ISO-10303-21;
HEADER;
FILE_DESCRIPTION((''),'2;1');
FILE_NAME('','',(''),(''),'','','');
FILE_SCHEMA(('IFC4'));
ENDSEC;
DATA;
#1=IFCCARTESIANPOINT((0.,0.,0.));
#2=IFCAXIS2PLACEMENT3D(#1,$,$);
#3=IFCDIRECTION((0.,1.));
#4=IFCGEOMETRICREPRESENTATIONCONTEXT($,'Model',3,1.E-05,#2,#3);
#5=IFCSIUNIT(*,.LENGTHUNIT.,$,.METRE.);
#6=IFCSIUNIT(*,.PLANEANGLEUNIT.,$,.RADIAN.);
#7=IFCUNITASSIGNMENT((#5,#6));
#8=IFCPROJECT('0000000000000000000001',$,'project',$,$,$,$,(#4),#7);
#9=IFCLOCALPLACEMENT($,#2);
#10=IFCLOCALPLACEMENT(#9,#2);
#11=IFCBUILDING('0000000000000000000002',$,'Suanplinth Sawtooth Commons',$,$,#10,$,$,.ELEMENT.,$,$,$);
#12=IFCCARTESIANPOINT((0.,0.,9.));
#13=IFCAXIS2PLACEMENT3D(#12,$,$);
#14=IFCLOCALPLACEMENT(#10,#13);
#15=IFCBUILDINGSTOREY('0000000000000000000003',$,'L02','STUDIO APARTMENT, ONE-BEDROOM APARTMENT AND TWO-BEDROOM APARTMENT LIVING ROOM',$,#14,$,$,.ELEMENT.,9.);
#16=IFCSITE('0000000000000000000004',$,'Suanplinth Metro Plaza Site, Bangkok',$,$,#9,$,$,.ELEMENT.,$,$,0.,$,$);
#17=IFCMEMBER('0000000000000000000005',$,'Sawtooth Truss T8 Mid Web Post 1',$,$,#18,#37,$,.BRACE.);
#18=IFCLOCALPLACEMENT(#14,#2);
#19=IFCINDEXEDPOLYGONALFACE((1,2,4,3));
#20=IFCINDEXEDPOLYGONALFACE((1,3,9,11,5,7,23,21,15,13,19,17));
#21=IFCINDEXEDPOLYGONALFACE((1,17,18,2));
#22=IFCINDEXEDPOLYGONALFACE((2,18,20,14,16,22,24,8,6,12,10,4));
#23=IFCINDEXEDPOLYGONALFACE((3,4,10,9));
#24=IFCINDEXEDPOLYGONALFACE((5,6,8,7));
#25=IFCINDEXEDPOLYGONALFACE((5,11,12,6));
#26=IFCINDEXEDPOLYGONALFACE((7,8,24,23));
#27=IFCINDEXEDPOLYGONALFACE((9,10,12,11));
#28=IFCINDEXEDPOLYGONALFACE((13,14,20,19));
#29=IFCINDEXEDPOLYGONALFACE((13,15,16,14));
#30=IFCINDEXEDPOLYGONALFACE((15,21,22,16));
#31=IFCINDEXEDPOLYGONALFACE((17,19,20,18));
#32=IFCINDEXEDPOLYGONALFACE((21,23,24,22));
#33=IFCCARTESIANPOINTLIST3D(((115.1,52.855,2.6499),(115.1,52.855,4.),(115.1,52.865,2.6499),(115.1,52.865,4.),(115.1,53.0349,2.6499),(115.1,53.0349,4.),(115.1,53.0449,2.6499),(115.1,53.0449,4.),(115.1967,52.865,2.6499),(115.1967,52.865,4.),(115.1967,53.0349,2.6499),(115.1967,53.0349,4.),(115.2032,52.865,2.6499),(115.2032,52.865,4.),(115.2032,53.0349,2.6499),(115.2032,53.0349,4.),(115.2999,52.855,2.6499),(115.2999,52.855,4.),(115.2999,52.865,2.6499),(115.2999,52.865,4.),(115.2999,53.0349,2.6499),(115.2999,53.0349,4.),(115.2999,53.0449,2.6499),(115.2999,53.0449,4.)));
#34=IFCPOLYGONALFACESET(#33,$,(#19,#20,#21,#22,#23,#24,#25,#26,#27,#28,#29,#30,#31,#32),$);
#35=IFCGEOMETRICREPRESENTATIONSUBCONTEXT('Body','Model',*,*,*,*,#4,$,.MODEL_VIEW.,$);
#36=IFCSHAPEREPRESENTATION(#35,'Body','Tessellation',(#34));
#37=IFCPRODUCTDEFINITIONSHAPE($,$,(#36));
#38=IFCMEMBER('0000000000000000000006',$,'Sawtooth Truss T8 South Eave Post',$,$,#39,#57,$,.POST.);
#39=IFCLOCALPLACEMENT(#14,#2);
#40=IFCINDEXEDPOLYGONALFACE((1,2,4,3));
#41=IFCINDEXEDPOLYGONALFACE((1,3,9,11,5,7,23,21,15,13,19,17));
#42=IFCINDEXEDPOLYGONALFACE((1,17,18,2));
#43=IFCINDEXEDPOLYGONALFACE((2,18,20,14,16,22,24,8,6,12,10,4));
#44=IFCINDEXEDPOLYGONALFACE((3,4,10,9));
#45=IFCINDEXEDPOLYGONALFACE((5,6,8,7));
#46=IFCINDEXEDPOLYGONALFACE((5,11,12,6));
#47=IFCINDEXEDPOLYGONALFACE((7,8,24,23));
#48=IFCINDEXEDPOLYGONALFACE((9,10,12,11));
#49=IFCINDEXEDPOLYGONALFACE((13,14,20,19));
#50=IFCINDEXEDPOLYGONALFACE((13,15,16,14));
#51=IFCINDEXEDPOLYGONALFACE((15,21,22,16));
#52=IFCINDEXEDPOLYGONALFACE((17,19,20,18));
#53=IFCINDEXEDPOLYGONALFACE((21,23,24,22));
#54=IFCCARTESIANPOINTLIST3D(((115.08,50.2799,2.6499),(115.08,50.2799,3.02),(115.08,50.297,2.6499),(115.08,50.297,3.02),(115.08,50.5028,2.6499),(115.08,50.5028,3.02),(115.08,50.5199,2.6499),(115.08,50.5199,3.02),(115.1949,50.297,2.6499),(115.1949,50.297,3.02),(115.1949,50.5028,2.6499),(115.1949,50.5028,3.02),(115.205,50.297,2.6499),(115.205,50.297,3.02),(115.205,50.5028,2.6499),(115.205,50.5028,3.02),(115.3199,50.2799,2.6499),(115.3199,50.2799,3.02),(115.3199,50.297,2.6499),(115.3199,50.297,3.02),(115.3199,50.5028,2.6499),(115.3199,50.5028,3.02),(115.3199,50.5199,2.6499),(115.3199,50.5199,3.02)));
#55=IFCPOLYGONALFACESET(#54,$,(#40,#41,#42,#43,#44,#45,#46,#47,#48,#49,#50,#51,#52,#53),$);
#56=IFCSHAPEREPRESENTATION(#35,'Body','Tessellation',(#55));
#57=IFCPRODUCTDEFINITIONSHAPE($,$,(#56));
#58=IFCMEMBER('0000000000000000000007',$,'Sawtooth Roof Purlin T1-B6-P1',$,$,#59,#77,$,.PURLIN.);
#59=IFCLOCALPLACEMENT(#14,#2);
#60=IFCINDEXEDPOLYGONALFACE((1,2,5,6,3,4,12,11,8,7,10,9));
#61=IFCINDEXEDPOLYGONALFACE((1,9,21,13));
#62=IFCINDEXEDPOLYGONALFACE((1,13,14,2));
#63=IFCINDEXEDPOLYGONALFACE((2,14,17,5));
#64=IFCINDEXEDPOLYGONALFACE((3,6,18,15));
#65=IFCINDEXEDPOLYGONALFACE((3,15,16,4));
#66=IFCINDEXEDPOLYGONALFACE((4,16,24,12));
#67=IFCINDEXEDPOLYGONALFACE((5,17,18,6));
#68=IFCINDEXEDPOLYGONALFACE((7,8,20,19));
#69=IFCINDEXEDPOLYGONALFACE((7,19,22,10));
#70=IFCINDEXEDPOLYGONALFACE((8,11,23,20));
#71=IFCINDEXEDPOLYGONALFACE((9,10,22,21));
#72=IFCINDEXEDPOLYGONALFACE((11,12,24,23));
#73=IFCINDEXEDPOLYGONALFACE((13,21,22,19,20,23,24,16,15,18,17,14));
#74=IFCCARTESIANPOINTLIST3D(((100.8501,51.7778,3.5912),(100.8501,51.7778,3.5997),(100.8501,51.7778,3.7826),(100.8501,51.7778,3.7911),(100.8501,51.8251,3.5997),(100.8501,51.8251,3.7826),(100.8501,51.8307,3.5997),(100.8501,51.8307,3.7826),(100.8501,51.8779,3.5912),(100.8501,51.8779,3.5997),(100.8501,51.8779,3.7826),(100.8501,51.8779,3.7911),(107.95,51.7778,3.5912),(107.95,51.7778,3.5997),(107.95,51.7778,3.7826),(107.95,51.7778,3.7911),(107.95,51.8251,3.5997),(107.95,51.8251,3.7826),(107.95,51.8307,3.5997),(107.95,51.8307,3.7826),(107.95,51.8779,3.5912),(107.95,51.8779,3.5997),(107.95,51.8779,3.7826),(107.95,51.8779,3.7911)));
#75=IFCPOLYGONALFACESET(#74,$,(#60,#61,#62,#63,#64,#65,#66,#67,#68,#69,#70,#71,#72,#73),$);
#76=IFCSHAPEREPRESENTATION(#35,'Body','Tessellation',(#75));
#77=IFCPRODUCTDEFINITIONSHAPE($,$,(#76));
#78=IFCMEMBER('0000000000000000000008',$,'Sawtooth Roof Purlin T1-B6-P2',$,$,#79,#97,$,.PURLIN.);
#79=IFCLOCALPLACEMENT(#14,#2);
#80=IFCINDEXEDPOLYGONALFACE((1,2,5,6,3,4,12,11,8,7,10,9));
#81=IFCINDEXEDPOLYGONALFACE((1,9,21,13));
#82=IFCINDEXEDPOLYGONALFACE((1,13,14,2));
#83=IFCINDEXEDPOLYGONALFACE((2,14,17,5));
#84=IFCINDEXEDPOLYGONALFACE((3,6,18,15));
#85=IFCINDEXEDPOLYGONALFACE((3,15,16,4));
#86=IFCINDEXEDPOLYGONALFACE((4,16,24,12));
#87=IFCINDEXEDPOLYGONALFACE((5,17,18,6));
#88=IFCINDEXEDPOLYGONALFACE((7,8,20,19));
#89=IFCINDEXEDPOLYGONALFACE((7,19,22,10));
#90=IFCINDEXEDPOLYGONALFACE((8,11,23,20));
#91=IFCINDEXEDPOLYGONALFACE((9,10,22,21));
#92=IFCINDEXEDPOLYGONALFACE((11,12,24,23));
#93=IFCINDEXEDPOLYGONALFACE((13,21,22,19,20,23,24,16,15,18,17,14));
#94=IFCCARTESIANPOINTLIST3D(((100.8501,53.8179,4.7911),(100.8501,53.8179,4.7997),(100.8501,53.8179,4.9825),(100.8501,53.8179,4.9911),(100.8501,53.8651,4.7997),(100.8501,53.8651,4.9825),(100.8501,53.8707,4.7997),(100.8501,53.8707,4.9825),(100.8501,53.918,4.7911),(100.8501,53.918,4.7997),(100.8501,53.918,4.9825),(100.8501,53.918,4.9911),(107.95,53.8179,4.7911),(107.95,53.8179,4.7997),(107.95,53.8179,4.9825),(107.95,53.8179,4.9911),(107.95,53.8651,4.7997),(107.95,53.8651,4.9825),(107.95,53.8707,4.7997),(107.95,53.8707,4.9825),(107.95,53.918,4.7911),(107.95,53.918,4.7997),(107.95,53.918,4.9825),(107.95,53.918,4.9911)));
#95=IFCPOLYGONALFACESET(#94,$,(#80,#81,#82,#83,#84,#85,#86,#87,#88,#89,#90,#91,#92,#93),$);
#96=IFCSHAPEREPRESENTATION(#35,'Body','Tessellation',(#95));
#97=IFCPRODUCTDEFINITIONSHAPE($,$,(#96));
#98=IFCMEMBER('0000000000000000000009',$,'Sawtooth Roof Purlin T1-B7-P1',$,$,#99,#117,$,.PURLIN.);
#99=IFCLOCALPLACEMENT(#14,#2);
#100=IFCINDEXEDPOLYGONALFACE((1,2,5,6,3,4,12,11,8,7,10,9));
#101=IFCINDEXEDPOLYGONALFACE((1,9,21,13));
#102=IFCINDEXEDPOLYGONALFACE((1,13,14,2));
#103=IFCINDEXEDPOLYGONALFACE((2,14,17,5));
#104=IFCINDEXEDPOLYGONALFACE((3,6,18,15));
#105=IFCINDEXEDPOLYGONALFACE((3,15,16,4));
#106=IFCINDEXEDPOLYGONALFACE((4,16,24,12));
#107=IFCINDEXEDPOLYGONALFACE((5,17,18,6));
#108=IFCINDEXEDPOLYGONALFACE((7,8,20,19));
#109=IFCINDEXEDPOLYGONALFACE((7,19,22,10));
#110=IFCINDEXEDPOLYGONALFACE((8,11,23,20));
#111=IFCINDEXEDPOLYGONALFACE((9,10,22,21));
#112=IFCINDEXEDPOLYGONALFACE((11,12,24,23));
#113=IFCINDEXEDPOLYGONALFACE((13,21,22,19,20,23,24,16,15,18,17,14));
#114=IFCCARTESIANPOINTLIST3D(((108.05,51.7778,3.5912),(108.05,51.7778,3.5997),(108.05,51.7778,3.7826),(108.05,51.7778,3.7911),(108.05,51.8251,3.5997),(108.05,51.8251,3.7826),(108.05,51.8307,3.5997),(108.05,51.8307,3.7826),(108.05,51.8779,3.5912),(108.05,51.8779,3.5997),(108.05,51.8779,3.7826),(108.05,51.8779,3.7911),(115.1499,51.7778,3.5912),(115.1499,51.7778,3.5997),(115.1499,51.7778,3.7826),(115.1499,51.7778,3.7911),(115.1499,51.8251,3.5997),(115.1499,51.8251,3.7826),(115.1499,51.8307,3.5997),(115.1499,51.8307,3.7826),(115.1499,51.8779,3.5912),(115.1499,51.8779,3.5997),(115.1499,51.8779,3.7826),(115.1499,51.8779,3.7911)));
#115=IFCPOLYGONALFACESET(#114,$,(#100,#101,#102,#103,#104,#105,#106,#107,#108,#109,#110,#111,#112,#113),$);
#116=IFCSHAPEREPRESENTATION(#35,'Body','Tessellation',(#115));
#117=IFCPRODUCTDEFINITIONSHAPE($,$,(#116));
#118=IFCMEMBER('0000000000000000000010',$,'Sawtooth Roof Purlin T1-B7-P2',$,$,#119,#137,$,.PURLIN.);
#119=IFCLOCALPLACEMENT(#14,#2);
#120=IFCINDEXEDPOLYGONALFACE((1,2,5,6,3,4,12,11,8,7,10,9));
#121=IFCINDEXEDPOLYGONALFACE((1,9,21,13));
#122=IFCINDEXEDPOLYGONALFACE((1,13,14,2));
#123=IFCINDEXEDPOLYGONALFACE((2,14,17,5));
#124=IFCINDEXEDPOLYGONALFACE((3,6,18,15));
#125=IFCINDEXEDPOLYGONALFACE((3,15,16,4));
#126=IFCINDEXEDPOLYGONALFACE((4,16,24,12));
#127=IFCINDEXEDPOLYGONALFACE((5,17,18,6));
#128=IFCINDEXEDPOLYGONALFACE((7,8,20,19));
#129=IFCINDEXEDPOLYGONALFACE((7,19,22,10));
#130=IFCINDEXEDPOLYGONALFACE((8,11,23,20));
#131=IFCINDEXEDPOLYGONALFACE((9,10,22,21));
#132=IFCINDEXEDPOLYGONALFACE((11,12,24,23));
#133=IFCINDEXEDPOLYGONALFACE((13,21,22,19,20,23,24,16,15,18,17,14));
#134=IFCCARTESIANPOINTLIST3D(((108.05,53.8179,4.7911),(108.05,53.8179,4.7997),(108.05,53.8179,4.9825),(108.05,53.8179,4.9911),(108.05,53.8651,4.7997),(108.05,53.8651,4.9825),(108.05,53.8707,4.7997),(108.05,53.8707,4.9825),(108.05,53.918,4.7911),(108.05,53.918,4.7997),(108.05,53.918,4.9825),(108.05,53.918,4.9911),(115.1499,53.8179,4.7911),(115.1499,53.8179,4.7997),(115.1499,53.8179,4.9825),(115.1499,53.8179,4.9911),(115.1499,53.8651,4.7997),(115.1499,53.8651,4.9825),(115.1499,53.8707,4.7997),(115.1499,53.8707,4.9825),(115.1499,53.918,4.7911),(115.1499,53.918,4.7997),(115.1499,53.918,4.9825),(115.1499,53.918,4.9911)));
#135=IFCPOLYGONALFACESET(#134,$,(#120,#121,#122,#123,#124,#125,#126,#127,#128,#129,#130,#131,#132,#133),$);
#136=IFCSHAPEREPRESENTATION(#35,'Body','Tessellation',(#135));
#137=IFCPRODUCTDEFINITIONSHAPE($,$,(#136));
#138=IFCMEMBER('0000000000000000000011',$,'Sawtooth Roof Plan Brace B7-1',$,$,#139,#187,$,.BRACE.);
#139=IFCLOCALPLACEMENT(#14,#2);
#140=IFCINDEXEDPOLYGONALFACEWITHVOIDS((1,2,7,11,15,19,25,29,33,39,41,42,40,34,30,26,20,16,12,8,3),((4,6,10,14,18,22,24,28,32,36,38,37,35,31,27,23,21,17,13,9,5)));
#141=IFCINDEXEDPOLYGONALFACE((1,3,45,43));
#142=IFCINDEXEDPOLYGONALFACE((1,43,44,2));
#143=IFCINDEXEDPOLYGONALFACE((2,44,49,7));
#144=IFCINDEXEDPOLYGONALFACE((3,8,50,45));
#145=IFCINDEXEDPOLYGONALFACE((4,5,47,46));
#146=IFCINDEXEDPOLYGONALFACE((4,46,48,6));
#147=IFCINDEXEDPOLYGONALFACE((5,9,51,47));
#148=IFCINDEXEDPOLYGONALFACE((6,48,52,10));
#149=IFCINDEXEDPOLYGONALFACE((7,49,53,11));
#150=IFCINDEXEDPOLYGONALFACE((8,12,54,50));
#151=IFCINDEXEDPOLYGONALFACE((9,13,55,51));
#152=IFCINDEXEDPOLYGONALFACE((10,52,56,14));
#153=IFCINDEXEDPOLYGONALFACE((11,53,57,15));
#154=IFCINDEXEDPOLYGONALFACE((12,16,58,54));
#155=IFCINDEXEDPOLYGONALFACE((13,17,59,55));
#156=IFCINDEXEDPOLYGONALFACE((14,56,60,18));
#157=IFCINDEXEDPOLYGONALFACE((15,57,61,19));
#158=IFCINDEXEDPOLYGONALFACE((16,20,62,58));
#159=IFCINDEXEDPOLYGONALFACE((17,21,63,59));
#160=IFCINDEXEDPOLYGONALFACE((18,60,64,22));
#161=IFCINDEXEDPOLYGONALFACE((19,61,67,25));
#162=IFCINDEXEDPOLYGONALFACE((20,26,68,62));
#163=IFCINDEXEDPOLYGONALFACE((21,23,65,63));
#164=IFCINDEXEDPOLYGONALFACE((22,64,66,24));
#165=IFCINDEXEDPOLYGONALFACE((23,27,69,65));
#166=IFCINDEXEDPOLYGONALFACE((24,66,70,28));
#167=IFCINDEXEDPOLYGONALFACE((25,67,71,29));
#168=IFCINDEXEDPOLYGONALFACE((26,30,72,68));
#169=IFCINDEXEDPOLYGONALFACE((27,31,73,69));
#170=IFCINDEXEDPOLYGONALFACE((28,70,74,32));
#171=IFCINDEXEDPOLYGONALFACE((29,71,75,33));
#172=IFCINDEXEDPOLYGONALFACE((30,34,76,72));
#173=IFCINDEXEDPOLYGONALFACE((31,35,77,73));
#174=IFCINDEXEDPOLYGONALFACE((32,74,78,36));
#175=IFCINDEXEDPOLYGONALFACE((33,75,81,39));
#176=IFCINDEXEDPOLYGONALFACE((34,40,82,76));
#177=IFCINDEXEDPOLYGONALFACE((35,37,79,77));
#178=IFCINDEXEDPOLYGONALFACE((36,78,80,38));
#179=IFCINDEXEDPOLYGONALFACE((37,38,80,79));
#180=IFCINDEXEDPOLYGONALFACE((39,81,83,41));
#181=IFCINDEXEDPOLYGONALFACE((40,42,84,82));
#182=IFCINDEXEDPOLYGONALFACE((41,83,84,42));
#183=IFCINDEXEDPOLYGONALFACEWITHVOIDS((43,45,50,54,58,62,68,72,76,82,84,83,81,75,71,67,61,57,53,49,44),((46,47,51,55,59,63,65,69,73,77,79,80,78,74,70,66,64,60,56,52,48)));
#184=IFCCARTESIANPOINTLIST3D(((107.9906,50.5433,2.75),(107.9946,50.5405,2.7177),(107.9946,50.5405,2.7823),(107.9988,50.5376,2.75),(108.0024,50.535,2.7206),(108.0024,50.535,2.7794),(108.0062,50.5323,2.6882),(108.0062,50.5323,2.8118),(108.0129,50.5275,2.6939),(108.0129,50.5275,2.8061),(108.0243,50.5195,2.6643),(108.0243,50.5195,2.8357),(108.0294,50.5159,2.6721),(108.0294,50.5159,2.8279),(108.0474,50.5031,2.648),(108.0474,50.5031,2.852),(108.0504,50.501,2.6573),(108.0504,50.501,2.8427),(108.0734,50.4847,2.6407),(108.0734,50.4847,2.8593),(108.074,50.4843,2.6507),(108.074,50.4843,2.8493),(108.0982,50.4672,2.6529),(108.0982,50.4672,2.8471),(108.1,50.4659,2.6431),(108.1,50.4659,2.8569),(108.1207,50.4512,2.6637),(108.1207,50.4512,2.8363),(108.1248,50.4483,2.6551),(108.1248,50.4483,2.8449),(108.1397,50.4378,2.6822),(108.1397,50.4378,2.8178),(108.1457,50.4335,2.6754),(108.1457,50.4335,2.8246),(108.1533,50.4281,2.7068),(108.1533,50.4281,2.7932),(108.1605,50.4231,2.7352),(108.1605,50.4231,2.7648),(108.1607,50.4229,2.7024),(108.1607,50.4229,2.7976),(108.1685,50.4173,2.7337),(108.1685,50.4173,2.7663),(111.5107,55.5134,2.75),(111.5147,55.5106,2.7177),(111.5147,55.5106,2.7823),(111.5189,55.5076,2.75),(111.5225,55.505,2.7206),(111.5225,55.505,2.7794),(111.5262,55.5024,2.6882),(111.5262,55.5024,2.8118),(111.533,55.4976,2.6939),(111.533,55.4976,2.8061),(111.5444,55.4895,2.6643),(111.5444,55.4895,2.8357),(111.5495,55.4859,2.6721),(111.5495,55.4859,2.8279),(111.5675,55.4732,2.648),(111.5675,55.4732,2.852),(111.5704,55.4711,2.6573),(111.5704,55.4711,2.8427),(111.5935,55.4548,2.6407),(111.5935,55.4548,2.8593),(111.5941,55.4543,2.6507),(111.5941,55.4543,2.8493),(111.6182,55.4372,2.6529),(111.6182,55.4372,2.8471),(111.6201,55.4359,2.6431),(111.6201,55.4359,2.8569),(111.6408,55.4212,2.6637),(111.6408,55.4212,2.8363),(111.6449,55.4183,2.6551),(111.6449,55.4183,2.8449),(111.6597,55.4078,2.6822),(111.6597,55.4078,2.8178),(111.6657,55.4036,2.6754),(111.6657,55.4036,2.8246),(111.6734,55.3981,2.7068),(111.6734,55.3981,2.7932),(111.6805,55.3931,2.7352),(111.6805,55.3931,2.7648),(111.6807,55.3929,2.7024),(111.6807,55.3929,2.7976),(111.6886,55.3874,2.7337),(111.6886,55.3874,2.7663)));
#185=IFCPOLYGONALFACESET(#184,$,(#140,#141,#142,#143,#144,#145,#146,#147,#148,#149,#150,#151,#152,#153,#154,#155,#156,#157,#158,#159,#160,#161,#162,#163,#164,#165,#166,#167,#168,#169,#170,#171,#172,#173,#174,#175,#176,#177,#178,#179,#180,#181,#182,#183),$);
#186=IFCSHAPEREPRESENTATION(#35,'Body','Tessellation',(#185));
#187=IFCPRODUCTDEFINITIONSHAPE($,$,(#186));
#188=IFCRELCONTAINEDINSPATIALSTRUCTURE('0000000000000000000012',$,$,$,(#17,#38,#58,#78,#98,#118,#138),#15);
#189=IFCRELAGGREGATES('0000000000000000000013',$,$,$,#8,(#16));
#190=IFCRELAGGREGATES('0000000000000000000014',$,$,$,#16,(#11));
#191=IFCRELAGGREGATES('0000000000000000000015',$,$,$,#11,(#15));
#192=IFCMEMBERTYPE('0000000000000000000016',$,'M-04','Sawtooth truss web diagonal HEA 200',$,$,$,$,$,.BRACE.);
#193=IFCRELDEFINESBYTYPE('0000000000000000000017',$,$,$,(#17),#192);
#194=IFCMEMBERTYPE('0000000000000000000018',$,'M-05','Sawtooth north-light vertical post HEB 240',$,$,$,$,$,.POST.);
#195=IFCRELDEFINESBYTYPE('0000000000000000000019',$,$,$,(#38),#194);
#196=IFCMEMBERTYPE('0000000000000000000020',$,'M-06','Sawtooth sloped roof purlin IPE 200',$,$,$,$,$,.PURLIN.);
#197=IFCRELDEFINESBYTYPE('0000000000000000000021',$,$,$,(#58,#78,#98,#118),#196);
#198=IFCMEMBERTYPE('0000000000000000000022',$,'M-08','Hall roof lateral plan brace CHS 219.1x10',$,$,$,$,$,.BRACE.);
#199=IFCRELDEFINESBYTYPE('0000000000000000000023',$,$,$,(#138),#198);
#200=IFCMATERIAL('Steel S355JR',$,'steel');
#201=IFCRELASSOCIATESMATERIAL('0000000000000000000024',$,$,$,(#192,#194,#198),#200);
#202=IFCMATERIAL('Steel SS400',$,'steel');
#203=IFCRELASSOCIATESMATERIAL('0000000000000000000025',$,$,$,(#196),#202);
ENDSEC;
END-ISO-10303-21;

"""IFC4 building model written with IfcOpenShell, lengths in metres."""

from ifc_helpers import new_model, si_unit, direction, frame, origin, origin_2d, place, context, subcontext, project, spatial, hollow_circle, i_section, extrude, material, material_profile, profile_set, type_object, element, save


model = new_model("IFC4")

# Units and contexts
model_context = context("Model", 3, precision=1e-05, world=origin(), true_north=direction((0.0, 1.0)))
body_context = subcontext(model_context, "Body", "Model", "MODEL_VIEW")
ifc_project = project(units=[si_unit("LENGTHUNIT", "METRE"), si_unit("PLANEANGLEUNIT", "RADIAN")], contexts=[model_context])

# Site, building, storey
site_placement = place(None, origin())
site = spatial("IfcSite", under=ifc_project, at=site_placement, Name="Suanplinth Metro Plaza Site, Bangkok", CompositionType="ELEMENT", RefElevation=0.0)
building_placement = place(site_placement, origin())
building = spatial("IfcBuilding", under=site, at=building_placement, Name="Suanplinth Sawtooth Commons", CompositionType="ELEMENT")
storey_placement = place(building_placement, frame((0.0, 0.0, 9.0)))
storey = spatial("IfcBuildingStorey", under=building, at=storey_placement, Name="L02", Description="STUDIO APARTMENT, ONE-BEDROOM APARTMENT AND TWO-BEDROOM APARTMENT LIVING ROOM", CompositionType="ELEMENT", Elevation=9.0)

# Shared definitions
ifc_material_1 = material(Name="Steel S355JR", Category="steel")

# Members
ifc_material_profile_1 = material_profile(ifc_material_1, i_section(OverallWidth=0.2, OverallDepth=0.1899, WebThickness=0.0066, FlangeThickness=0.01, at=origin_2d()), Name="HEA 200")
ifc_profile_set_1 = profile_set([ifc_material_profile_1], Name="Steel S355JR")
member_type_1 = type_object("IfcMemberType", Name="M-04", Description="Sawtooth truss web diagonal HEA 200", PredefinedType="BRACE", material=ifc_profile_set_1)
for number, where, z_axis, x_axis, name in (
    (1, (115.2, 52.95, 2.6499), (0.0, 0.0, 1.0), (1.0, 0.0, 0.0), "Sawtooth Truss T8 Mid Web Post 1"),
):
    element("IfcMember", number, at=place(storey_placement, frame(where, z_axis=z_axis, x_axis=x_axis)), inside=storey, type_object=member_type_1, Name=name, PredefinedType="BRACE", context=body_context, shape_type="SweptSolid", body=[
        extrude(i_section(OverallWidth=0.2, OverallDepth=0.1899, WebThickness=0.0066, FlangeThickness=0.01, at=origin_2d()), origin(), (0.0, 0.0, 1.0), 1.3501),
    ])
ifc_material_profile_2 = material_profile(ifc_material_1, i_section(OverallWidth=0.24, OverallDepth=0.24, WebThickness=0.01, FlangeThickness=0.0171, at=origin_2d()), Name="HEB 240")
ifc_profile_set_2 = profile_set([ifc_material_profile_2], Name="Steel S355JR")
member_type_2 = type_object("IfcMemberType", Name="M-05", Description="Sawtooth north-light vertical post HEB 240", PredefinedType="POST", material=ifc_profile_set_2)
member_1_placement = place(storey_placement, frame((115.2, 50.3999, 2.6499), z_axis=(0.0, 0.0, 1.0), x_axis=(1.0, 0.0, 0.0)))
element("IfcMember", 2, at=member_1_placement, inside=storey, type_object=member_type_2, Name="Sawtooth Truss T8 South Eave Post", PredefinedType="POST", context=body_context, shape_type="SweptSolid", body=[
    extrude(i_section(OverallWidth=0.24, OverallDepth=0.24, WebThickness=0.01, FlangeThickness=0.0171, at=origin_2d()), origin(), (0.0, 0.0, 1.0), 0.3701),
])
ifc_material_2 = material(Name="Steel SS400", Category="steel")
ifc_material_profile_3 = material_profile(ifc_material_2, i_section(OverallWidth=0.1001, OverallDepth=0.2, WebThickness=0.0056, FlangeThickness=0.0085, at=origin_2d()), Name="IPE 200")
ifc_profile_set_3 = profile_set([ifc_material_profile_3], Name="Steel SS400")
member_type_3 = type_object("IfcMemberType", Name="M-06", Description="Sawtooth sloped roof purlin IPE 200", PredefinedType="PURLIN", material=ifc_profile_set_3)
for number, where, z_axis, x_axis, name in (
    (3, (100.8501, 51.8279, 3.6912), (1.0, 0.0, 0.0), (0.0, 1.0, 0.0), "Sawtooth Roof Purlin T1-B6-P1"),
    (4, (100.8501, 53.8679, 4.8911), (1.0, 0.0, 0.0), (0.0, 1.0, 0.0), "Sawtooth Roof Purlin T1-B6-P2"),
    (5, (108.05, 51.8279, 3.6912), (1.0, 0.0, 0.0), (0.0, 1.0, 0.0), "Sawtooth Roof Purlin T1-B7-P1"),
    (6, (108.05, 53.8679, 4.8911), (1.0, 0.0, 0.0), (0.0, 1.0, 0.0), "Sawtooth Roof Purlin T1-B7-P2"),
):
    element("IfcMember", number, at=place(storey_placement, frame(where, z_axis=z_axis, x_axis=x_axis)), inside=storey, type_object=member_type_3, Name=name, PredefinedType="PURLIN", context=body_context, shape_type="SweptSolid", body=[
        extrude(i_section(OverallWidth=0.1001, OverallDepth=0.2, WebThickness=0.0056, FlangeThickness=0.0085, at=origin_2d()), origin(), (0.0, 0.0, 1.0), 7.0999),
    ])
ifc_material_profile_4 = material_profile(ifc_material_1, hollow_circle(Radius=0.1096, WallThickness=0.01, at=origin_2d()), Name="CHS 219.1x10")
ifc_profile_set_4 = profile_set([ifc_material_profile_4], Name="Steel S355JR")
member_type_4 = type_object("IfcMemberType", Name="M-08", Description="Hall roof lateral plan brace CHS 219.1x10", PredefinedType="BRACE", material=ifc_profile_set_4)
for number, where, z_axis, x_axis, name in (
    (7, (108.0801, 50.48, 2.75), (0.577976, 0.816054, 0.0), (-0.816054, 0.577976, 0.0), "Sawtooth Roof Plan Brace B7-1"),
):
    element("IfcMember", number, at=place(storey_placement, frame(where, z_axis=z_axis, x_axis=x_axis)), inside=storey, type_object=member_type_4, Name=name, PredefinedType="BRACE", context=body_context, shape_type="SweptSolid", body=[
        extrude(hollow_circle(Radius=0.1096, WallThickness=0.01, at=origin_2d()), origin(), (0.0, 0.0, 1.0), 6.0903),
    ])

save(model, "model.ifc")
